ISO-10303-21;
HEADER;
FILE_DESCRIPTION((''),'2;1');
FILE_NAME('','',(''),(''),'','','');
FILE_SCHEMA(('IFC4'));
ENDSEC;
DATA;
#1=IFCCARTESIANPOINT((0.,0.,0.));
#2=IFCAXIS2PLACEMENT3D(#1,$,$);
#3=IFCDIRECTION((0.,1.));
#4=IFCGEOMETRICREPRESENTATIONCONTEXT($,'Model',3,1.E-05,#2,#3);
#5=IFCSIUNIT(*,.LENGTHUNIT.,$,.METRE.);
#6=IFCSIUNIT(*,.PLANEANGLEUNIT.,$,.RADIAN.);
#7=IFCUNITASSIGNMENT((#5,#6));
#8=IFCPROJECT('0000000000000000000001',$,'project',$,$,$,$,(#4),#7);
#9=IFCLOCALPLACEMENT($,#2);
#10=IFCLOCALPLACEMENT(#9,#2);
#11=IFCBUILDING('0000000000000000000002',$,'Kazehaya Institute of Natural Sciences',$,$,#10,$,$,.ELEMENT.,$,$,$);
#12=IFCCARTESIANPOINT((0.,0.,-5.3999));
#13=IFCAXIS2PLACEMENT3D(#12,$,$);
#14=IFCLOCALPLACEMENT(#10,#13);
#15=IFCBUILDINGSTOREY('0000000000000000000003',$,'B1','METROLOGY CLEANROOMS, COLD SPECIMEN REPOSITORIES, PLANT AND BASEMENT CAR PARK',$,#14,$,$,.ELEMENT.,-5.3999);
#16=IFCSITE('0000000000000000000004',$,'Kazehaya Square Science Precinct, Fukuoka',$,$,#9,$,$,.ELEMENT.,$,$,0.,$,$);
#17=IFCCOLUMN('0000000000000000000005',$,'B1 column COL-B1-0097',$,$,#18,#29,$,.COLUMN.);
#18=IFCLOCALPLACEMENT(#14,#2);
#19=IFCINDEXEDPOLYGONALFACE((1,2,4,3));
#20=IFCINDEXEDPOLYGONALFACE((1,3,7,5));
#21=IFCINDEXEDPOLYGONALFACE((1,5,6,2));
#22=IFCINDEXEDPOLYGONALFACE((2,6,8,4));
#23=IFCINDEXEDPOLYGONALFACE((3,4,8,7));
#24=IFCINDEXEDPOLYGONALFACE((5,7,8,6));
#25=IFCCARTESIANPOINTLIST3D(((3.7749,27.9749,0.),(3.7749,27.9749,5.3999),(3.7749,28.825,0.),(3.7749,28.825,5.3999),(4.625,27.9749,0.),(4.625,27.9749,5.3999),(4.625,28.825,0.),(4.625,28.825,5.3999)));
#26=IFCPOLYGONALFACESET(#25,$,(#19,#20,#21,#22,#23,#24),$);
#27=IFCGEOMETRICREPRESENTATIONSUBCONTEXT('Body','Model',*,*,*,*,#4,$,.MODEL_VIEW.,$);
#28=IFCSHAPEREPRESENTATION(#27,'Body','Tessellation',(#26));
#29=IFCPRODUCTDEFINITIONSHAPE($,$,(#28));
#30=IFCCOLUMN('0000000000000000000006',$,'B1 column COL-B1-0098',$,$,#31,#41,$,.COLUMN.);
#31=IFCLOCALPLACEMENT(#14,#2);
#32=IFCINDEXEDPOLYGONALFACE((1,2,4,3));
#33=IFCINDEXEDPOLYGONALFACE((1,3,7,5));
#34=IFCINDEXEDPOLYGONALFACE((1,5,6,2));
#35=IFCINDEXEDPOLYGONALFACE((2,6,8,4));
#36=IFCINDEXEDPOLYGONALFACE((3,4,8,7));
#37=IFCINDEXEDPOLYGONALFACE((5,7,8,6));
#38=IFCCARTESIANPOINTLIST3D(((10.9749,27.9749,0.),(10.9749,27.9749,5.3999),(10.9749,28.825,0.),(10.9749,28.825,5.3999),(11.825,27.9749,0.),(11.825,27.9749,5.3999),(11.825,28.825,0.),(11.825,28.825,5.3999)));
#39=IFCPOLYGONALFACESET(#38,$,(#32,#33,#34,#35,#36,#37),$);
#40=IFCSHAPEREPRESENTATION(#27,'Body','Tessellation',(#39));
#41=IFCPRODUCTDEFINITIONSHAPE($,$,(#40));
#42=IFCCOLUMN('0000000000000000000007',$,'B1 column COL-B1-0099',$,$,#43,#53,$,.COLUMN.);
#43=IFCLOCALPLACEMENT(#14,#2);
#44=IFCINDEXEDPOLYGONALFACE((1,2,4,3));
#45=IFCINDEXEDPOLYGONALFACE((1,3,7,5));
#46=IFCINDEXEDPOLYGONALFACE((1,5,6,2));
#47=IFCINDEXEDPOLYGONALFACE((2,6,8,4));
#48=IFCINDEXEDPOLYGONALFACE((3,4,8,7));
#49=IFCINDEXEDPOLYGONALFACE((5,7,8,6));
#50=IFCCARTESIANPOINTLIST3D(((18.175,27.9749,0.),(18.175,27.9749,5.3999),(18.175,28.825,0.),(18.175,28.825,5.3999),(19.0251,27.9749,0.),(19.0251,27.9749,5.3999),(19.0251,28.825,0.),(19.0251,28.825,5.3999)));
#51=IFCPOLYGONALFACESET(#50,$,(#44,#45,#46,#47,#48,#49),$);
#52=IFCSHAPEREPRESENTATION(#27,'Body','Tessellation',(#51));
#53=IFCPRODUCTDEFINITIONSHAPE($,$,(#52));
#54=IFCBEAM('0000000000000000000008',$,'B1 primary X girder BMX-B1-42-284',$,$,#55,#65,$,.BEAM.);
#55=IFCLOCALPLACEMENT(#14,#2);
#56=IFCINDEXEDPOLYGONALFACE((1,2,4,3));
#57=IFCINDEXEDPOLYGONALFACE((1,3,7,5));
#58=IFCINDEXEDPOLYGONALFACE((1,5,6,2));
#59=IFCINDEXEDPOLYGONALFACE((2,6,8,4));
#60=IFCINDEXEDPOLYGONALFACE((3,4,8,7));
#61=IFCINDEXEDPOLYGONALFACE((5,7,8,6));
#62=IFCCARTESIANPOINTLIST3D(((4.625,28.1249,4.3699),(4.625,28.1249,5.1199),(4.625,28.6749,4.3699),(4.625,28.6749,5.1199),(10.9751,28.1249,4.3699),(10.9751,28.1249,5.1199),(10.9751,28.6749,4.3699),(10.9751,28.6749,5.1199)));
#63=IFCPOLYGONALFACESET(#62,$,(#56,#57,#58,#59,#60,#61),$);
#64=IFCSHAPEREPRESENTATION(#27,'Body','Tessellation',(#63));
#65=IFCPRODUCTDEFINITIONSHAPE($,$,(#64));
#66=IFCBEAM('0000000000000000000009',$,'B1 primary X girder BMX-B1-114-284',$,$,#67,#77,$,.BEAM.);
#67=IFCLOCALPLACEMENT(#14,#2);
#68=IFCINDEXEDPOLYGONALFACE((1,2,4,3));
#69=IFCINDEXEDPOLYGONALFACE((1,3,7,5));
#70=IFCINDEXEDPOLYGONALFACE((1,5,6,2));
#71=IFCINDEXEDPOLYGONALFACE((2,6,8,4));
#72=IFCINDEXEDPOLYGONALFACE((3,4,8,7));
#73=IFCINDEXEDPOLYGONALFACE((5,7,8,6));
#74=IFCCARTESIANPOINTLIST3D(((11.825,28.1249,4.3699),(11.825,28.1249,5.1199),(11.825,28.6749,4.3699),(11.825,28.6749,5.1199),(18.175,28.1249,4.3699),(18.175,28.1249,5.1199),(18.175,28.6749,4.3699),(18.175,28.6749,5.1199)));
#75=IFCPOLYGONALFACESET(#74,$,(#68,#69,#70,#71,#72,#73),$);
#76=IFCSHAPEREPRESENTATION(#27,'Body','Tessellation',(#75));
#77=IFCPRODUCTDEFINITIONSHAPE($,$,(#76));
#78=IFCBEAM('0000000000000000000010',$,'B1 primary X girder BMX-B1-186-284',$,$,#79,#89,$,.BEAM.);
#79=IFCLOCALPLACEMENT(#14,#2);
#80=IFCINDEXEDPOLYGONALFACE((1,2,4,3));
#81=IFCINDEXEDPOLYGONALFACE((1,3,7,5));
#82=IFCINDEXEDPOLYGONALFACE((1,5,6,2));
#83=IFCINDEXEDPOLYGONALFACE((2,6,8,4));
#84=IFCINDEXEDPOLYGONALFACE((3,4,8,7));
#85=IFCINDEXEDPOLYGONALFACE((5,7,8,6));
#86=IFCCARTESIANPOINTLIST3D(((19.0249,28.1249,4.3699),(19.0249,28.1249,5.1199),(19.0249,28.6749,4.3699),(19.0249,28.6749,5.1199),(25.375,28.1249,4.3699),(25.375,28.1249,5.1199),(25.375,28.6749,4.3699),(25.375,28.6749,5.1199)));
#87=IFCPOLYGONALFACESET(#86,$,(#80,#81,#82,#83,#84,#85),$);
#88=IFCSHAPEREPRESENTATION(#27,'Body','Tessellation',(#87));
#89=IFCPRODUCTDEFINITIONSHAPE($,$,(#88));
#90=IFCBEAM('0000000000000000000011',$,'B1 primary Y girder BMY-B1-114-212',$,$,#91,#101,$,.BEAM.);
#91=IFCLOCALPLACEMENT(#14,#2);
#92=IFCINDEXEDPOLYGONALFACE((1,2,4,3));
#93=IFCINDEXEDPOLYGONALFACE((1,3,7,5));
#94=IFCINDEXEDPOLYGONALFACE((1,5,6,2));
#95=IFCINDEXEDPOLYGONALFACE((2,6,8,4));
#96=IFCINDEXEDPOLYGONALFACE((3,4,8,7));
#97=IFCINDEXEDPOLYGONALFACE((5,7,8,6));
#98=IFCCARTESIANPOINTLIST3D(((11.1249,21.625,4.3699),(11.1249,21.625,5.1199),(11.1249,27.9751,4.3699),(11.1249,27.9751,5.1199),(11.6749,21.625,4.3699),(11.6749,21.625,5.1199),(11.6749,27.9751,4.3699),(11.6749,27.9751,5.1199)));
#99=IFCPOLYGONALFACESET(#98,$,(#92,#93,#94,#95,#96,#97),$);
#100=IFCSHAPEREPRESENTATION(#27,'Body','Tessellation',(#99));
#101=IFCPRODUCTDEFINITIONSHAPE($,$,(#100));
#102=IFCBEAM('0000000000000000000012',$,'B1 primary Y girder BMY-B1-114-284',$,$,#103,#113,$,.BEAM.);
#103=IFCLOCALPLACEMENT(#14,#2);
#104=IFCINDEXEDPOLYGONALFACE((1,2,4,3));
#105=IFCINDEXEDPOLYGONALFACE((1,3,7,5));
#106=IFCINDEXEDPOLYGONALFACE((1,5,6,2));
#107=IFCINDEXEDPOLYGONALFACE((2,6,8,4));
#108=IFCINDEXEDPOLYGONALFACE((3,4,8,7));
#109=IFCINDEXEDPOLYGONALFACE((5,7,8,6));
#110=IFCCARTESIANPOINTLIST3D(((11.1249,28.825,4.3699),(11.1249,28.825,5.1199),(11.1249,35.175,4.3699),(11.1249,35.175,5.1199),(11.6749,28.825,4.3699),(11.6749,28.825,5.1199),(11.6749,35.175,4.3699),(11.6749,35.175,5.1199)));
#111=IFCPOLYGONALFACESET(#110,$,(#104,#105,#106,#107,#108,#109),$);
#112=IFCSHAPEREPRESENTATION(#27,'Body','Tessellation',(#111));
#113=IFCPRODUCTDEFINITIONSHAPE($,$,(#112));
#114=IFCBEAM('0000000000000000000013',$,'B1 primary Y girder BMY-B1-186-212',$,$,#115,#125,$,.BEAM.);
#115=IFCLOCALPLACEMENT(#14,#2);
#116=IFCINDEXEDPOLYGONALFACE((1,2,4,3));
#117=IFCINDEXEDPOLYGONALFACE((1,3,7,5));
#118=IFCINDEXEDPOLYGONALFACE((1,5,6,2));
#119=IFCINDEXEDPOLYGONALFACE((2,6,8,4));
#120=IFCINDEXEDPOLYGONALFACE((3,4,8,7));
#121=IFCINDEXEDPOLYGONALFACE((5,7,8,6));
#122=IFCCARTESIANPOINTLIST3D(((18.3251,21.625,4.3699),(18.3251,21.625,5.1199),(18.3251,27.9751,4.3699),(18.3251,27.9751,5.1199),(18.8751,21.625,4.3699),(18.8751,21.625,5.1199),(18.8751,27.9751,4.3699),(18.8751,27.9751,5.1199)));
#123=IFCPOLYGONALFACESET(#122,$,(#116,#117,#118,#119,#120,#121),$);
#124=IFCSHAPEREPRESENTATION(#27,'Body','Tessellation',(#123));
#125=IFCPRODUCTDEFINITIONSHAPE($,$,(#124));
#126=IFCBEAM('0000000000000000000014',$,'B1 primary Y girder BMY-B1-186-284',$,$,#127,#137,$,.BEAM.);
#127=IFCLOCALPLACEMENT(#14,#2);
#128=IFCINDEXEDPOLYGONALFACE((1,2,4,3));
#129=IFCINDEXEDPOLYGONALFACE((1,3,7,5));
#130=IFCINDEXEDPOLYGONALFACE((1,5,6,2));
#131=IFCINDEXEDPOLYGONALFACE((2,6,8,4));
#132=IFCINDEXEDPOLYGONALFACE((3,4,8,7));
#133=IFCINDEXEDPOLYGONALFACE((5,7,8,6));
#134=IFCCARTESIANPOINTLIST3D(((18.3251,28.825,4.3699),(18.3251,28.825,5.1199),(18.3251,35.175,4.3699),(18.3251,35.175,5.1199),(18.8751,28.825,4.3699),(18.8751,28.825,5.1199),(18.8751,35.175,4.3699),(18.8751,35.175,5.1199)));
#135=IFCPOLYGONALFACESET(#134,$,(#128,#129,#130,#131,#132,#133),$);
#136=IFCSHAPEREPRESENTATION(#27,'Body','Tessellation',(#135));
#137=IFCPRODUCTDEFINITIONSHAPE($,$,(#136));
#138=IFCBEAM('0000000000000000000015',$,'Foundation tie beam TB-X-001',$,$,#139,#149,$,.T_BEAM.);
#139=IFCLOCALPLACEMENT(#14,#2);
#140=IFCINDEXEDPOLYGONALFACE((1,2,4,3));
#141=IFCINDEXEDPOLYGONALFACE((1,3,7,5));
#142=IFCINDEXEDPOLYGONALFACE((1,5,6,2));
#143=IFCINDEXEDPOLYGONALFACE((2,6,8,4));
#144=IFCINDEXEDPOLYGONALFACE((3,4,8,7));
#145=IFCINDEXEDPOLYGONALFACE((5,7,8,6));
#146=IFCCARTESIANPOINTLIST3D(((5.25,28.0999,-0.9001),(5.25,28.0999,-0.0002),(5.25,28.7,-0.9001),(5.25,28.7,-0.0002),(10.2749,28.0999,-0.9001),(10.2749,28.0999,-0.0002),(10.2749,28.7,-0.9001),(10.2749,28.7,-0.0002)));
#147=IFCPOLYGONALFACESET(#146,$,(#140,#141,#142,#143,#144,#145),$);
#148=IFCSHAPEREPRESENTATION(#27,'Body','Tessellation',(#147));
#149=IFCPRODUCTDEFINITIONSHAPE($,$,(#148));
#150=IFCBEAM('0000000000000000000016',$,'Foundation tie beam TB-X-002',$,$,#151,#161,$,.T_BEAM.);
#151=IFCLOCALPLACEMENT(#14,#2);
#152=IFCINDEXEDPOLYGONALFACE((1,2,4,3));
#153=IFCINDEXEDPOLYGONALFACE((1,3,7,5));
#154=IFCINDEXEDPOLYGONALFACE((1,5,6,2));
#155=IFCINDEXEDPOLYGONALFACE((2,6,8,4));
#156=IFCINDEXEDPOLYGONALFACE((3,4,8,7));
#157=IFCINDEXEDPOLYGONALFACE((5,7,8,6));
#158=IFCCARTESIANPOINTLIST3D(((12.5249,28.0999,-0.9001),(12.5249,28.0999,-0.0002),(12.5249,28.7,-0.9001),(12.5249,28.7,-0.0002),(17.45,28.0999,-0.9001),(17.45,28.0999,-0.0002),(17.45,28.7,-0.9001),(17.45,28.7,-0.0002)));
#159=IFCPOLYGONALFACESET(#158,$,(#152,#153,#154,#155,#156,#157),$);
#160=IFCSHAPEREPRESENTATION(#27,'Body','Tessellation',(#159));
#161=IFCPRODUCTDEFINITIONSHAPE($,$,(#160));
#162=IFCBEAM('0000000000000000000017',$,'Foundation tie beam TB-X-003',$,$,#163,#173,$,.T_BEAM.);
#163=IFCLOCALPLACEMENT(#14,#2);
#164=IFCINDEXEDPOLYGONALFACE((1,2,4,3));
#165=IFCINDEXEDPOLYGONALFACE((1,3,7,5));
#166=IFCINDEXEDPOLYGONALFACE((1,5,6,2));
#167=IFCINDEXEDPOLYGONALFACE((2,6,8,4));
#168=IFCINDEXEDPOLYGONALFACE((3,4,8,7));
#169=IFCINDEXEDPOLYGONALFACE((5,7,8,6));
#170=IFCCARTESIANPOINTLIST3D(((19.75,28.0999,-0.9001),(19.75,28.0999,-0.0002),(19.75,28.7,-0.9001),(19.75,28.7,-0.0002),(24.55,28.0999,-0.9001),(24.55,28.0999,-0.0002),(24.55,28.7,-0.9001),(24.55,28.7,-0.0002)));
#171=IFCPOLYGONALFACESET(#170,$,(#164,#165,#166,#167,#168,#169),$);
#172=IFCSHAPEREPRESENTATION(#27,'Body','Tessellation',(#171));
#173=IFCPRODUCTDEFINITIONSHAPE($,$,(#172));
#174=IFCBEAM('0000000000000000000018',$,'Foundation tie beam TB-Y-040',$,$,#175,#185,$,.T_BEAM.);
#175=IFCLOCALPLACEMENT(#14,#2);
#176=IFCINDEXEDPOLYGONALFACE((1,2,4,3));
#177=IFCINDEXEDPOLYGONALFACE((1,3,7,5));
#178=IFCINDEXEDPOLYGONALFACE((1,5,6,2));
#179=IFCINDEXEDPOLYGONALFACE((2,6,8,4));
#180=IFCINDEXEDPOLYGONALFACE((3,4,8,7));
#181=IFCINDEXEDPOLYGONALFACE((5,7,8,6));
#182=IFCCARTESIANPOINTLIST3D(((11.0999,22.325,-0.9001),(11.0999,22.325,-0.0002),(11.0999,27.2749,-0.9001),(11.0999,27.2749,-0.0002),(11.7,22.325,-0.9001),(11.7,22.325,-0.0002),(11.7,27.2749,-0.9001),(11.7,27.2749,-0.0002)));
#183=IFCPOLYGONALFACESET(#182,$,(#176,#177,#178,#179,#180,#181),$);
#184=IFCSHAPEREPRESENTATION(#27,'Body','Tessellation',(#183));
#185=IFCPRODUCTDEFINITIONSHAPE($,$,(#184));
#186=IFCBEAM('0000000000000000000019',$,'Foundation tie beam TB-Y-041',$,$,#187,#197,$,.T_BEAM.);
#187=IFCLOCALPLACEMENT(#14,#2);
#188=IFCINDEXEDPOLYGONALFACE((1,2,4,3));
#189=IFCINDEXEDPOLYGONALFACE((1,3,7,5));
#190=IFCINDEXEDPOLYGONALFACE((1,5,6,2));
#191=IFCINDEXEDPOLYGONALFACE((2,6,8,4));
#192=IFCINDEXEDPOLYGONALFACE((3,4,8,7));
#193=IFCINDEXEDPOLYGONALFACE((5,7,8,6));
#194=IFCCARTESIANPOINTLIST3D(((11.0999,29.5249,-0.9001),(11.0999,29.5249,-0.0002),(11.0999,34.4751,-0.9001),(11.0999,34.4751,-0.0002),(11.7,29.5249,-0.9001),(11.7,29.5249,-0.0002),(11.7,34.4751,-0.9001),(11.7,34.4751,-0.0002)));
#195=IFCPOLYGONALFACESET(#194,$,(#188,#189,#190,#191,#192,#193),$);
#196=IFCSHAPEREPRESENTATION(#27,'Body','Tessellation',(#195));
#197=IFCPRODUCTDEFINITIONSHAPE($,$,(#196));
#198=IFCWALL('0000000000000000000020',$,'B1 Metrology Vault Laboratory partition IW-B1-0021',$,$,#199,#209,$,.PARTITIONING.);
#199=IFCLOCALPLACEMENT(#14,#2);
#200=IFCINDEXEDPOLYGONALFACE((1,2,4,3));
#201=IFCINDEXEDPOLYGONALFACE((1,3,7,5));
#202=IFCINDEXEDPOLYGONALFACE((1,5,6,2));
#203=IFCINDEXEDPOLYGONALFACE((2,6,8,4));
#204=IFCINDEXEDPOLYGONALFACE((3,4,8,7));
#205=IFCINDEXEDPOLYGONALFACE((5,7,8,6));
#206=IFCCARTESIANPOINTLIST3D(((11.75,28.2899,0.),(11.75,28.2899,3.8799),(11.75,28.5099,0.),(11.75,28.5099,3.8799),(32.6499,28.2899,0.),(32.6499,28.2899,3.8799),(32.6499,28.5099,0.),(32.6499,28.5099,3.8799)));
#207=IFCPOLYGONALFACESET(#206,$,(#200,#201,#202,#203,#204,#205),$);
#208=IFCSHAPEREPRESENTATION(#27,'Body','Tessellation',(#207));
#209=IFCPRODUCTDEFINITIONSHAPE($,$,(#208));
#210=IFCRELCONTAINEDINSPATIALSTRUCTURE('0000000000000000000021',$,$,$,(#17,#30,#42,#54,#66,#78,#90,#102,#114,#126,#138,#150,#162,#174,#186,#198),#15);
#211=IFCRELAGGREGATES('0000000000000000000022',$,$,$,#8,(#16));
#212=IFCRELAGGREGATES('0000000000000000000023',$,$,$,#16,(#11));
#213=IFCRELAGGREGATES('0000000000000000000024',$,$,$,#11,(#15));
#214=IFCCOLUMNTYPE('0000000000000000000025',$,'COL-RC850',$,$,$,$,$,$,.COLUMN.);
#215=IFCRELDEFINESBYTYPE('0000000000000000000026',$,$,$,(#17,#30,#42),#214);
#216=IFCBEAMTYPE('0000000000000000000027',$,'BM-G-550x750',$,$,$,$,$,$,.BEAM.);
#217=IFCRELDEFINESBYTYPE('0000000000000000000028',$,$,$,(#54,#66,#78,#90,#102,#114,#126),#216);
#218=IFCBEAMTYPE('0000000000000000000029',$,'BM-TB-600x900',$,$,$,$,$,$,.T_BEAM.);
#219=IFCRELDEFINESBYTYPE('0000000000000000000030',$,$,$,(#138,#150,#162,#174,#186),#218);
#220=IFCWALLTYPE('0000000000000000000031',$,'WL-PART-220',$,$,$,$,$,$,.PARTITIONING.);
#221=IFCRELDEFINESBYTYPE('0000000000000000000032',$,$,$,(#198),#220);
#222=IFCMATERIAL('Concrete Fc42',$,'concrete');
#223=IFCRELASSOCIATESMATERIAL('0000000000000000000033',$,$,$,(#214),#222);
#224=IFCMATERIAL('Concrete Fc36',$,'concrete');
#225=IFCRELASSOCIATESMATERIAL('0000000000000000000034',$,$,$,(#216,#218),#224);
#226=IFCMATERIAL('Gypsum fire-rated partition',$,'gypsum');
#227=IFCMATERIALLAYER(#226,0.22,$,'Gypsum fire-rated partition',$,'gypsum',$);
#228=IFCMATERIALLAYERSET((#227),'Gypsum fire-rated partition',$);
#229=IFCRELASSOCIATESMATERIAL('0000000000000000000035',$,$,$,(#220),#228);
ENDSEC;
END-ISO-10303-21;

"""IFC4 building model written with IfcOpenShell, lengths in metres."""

from ifc_helpers import new_model, si_unit, direction, frame, frame_2d, origin, origin_2d, place, context, subcontext, project, spatial, rectangle, extrude, material, layer, layer_set, material_profile, profile_set, type_object, element, save


model = new_model("IFC4")

# Units and contexts
model_context = context("Model", 3, precision=1e-05, world=origin(), true_north=direction((0.0, 1.0)))
body_context = subcontext(model_context, "Body", "Model", "MODEL_VIEW")
ifc_project = project(units=[si_unit("LENGTHUNIT", "METRE"), si_unit("PLANEANGLEUNIT", "RADIAN")], contexts=[model_context])

# Site, building, storey
site_placement = place(None, origin())
site = spatial("IfcSite", under=ifc_project, at=site_placement, Name="Kazehaya Square Science Precinct, Fukuoka", CompositionType="ELEMENT", RefElevation=0.0)
building_placement = place(site_placement, origin())
building = spatial("IfcBuilding", under=site, at=building_placement, Name="Kazehaya Institute of Natural Sciences", CompositionType="ELEMENT")
storey_placement = place(building_placement, frame((0.0, 0.0, -5.3999)))
storey = spatial("IfcBuildingStorey", under=building, at=storey_placement, Name="B1", Description="METROLOGY CLEANROOMS, COLD SPECIMEN REPOSITORIES, PLANT AND BASEMENT CAR PARK", CompositionType="ELEMENT", Elevation=-5.3999)

# Shared definitions
ifc_material_1 = material(Name="Concrete Fc36", Category="concrete")

# Columns
ifc_material_2 = material(Name="Concrete Fc42", Category="concrete")
ifc_material_profile_1 = material_profile(ifc_material_2, rectangle(XDim=0.8501, YDim=0.8501, at=origin_2d()), Name="RC-850x850")
ifc_profile_set_1 = profile_set([ifc_material_profile_1], Name="Concrete Fc42")
column_type = type_object("IfcColumnType", Name="COL-RC850", PredefinedType="COLUMN", material=ifc_profile_set_1)
for number, where, z_axis, x_axis, name in (
    (1, (4.2, 28.3999, 0.0), (0.0, 0.0, 1.0), (1.0, 0.0, 0.0), "B1 column COL-B1-0097"),
    (2, (11.3999, 28.3999, 0.0), (0.0, 0.0, 1.0), (1.0, 0.0, 0.0), "B1 column COL-B1-0098"),
    (3, (18.6001, 28.3999, 0.0), (0.0, 0.0, 1.0), (1.0, 0.0, 0.0), "B1 column COL-B1-0099"),
):
    element("IfcColumn", number, at=place(storey_placement, frame(where, z_axis=z_axis, x_axis=x_axis)), inside=storey, type_object=column_type, Name=name, PredefinedType="COLUMN", context=body_context, shape_type="SweptSolid", body=[
        extrude(rectangle(XDim=0.8501, YDim=0.8501, at=origin_2d()), origin(), (0.0, 0.0, 1.0), 5.3999),
    ])

# Beams
ifc_material_profile_2 = material_profile(ifc_material_1, rectangle(XDim=0.55, YDim=0.75, at=origin_2d()), Name="RC-550x750")
ifc_profile_set_2 = profile_set([ifc_material_profile_2], Name="Concrete Fc36")
beam_type_1 = type_object("IfcBeamType", Name="BM-G-550x750", PredefinedType="BEAM", material=ifc_profile_set_2)
for number, where, z_axis, x_axis, name in (
    (4, (4.625, 28.3999, 4.7449), (1.0, 0.0, 0.0), (0.0, 1.0, 0.0), "B1 primary X girder BMX-B1-42-284"),
    (5, (11.825, 28.3999, 4.7449), (1.0, 0.0, 0.0), (0.0, 1.0, 0.0), "B1 primary X girder BMX-B1-114-284"),
    (6, (19.0249, 28.3999, 4.7449), (1.0, 0.0, 0.0), (0.0, 1.0, 0.0), "B1 primary X girder BMX-B1-186-284"),
    (7, (11.3999, 21.625, 4.7449), (0.0, 1.0, 0.0), (-1.0, 0.0, 0.0), "B1 primary Y girder BMY-B1-114-212"),
    (8, (11.3999, 28.825, 4.7449), (0.0, 1.0, 0.0), (-1.0, 0.0, 0.0), "B1 primary Y girder BMY-B1-114-284"),
    (9, (18.6001, 21.625, 4.7449), (0.0, 1.0, 0.0), (-1.0, 0.0, 0.0), "B1 primary Y girder BMY-B1-186-212"),
    (10, (18.6001, 28.825, 4.7449), (0.0, 1.0, 0.0), (-1.0, 0.0, 0.0), "B1 primary Y girder BMY-B1-186-284"),
):
    element("IfcBeam", number, at=place(storey_placement, frame(where, z_axis=z_axis, x_axis=x_axis)), inside=storey, type_object=beam_type_1, Name=name, PredefinedType="BEAM", context=body_context, shape_type="SweptSolid", body=[
        extrude(rectangle(XDim=0.55, YDim=0.75, at=origin_2d()), origin(), (0.0, 0.0, 1.0), 6.3501),
    ])
ifc_material_profile_3 = material_profile(ifc_material_1, rectangle(XDim=0.6001, YDim=0.8999, at=origin_2d()), Name="RC-600x900")
ifc_profile_set_3 = profile_set([ifc_material_profile_3], Name="Concrete Fc36")
beam_type_2 = type_object("IfcBeamType", Name="BM-TB-600x900", PredefinedType="T_BEAM", material=ifc_profile_set_3)
beam_1_placement = place(storey_placement, frame((5.25, 28.3999, -0.4502), z_axis=(1.0, 0.0, 0.0), x_axis=(0.0, 1.0, 0.0)))
element("IfcBeam", 11, at=beam_1_placement, inside=storey, type_object=beam_type_2, Name="Foundation tie beam TB-X-001", PredefinedType="T_BEAM", context=body_context, shape_type="SweptSolid", body=[
    extrude(rectangle(XDim=0.6001, YDim=0.8999, at=origin_2d()), origin(), (0.0, 0.0, 1.0), 5.0249),
])
beam_2_placement = place(storey_placement, frame((12.5249, 28.3999, -0.4502), z_axis=(1.0, 0.0, 0.0), x_axis=(0.0, 1.0, 0.0)))
element("IfcBeam", 12, at=beam_2_placement, inside=storey, type_object=beam_type_2, Name="Foundation tie beam TB-X-002", PredefinedType="T_BEAM", context=body_context, shape_type="SweptSolid", body=[
    extrude(rectangle(XDim=0.6001, YDim=0.8999, at=origin_2d()), origin(), (0.0, 0.0, 1.0), 4.925),
])
beam_3_placement = place(storey_placement, frame((19.75, 28.3999, -0.4502), z_axis=(1.0, 0.0, 0.0), x_axis=(0.0, 1.0, 0.0)))
element("IfcBeam", 13, at=beam_3_placement, inside=storey, type_object=beam_type_2, Name="Foundation tie beam TB-X-003", PredefinedType="T_BEAM", context=body_context, shape_type="SweptSolid", body=[
    extrude(rectangle(XDim=0.6001, YDim=0.8999, at=origin_2d()), origin(), (0.0, 0.0, 1.0), 4.8),
])
beam_4_placement = place(storey_placement, frame((11.3999, 22.325, -0.4502), z_axis=(0.0, 1.0, 0.0), x_axis=(-1.0, 0.0, 0.0)))
element("IfcBeam", 14, at=beam_4_placement, inside=storey, type_object=beam_type_2, Name="Foundation tie beam TB-Y-040", PredefinedType="T_BEAM", context=body_context, shape_type="SweptSolid", body=[
    extrude(rectangle(XDim=0.6001, YDim=0.8999, at=origin_2d()), origin(), (0.0, 0.0, 1.0), 4.95),
])
beam_5_placement = place(storey_placement, frame((11.3999, 29.5249, -0.4502), z_axis=(0.0, 1.0, 0.0), x_axis=(-1.0, 0.0, 0.0)))
element("IfcBeam", 15, at=beam_5_placement, inside=storey, type_object=beam_type_2, Name="Foundation tie beam TB-Y-041", PredefinedType="T_BEAM", context=body_context, shape_type="SweptSolid", body=[
    extrude(rectangle(XDim=0.6001, YDim=0.8999, at=origin_2d()), origin(), (0.0, 0.0, 1.0), 4.9502),
])

# Wall
ifc_material_3 = material(Name="Gypsum fire-rated partition", Category="gypsum")
ifc_layer_1 = layer(ifc_material_3, 0.22, Name="Gypsum fire-rated partition", Category="gypsum")
ifc_layer_set_1 = layer_set([ifc_layer_1], Name="Gypsum fire-rated partition")
wall_type_1 = type_object("IfcWallType", Name="WL-PART-220", PredefinedType="PARTITIONING", material=ifc_layer_set_1)
wall_1_placement = place(storey_placement, frame((11.75, 28.3999, 0.0), z_axis=(0.0, 0.0, 1.0), x_axis=(1.0, 0.0, 0.0)))
element("IfcWall", 16, at=wall_1_placement, inside=storey, type_object=wall_type_1, Name="B1 Metrology Vault Laboratory partition IW-B1-0021", PredefinedType="PARTITIONING", context=body_context, shape_type="SweptSolid", body=[
    extrude(rectangle(XDim=20.8999, YDim=0.22, at=frame_2d((10.45, 0.0))), origin(), (0.0, 0.0, 1.0), 3.8799),
])

save(model, "model.ifc")
